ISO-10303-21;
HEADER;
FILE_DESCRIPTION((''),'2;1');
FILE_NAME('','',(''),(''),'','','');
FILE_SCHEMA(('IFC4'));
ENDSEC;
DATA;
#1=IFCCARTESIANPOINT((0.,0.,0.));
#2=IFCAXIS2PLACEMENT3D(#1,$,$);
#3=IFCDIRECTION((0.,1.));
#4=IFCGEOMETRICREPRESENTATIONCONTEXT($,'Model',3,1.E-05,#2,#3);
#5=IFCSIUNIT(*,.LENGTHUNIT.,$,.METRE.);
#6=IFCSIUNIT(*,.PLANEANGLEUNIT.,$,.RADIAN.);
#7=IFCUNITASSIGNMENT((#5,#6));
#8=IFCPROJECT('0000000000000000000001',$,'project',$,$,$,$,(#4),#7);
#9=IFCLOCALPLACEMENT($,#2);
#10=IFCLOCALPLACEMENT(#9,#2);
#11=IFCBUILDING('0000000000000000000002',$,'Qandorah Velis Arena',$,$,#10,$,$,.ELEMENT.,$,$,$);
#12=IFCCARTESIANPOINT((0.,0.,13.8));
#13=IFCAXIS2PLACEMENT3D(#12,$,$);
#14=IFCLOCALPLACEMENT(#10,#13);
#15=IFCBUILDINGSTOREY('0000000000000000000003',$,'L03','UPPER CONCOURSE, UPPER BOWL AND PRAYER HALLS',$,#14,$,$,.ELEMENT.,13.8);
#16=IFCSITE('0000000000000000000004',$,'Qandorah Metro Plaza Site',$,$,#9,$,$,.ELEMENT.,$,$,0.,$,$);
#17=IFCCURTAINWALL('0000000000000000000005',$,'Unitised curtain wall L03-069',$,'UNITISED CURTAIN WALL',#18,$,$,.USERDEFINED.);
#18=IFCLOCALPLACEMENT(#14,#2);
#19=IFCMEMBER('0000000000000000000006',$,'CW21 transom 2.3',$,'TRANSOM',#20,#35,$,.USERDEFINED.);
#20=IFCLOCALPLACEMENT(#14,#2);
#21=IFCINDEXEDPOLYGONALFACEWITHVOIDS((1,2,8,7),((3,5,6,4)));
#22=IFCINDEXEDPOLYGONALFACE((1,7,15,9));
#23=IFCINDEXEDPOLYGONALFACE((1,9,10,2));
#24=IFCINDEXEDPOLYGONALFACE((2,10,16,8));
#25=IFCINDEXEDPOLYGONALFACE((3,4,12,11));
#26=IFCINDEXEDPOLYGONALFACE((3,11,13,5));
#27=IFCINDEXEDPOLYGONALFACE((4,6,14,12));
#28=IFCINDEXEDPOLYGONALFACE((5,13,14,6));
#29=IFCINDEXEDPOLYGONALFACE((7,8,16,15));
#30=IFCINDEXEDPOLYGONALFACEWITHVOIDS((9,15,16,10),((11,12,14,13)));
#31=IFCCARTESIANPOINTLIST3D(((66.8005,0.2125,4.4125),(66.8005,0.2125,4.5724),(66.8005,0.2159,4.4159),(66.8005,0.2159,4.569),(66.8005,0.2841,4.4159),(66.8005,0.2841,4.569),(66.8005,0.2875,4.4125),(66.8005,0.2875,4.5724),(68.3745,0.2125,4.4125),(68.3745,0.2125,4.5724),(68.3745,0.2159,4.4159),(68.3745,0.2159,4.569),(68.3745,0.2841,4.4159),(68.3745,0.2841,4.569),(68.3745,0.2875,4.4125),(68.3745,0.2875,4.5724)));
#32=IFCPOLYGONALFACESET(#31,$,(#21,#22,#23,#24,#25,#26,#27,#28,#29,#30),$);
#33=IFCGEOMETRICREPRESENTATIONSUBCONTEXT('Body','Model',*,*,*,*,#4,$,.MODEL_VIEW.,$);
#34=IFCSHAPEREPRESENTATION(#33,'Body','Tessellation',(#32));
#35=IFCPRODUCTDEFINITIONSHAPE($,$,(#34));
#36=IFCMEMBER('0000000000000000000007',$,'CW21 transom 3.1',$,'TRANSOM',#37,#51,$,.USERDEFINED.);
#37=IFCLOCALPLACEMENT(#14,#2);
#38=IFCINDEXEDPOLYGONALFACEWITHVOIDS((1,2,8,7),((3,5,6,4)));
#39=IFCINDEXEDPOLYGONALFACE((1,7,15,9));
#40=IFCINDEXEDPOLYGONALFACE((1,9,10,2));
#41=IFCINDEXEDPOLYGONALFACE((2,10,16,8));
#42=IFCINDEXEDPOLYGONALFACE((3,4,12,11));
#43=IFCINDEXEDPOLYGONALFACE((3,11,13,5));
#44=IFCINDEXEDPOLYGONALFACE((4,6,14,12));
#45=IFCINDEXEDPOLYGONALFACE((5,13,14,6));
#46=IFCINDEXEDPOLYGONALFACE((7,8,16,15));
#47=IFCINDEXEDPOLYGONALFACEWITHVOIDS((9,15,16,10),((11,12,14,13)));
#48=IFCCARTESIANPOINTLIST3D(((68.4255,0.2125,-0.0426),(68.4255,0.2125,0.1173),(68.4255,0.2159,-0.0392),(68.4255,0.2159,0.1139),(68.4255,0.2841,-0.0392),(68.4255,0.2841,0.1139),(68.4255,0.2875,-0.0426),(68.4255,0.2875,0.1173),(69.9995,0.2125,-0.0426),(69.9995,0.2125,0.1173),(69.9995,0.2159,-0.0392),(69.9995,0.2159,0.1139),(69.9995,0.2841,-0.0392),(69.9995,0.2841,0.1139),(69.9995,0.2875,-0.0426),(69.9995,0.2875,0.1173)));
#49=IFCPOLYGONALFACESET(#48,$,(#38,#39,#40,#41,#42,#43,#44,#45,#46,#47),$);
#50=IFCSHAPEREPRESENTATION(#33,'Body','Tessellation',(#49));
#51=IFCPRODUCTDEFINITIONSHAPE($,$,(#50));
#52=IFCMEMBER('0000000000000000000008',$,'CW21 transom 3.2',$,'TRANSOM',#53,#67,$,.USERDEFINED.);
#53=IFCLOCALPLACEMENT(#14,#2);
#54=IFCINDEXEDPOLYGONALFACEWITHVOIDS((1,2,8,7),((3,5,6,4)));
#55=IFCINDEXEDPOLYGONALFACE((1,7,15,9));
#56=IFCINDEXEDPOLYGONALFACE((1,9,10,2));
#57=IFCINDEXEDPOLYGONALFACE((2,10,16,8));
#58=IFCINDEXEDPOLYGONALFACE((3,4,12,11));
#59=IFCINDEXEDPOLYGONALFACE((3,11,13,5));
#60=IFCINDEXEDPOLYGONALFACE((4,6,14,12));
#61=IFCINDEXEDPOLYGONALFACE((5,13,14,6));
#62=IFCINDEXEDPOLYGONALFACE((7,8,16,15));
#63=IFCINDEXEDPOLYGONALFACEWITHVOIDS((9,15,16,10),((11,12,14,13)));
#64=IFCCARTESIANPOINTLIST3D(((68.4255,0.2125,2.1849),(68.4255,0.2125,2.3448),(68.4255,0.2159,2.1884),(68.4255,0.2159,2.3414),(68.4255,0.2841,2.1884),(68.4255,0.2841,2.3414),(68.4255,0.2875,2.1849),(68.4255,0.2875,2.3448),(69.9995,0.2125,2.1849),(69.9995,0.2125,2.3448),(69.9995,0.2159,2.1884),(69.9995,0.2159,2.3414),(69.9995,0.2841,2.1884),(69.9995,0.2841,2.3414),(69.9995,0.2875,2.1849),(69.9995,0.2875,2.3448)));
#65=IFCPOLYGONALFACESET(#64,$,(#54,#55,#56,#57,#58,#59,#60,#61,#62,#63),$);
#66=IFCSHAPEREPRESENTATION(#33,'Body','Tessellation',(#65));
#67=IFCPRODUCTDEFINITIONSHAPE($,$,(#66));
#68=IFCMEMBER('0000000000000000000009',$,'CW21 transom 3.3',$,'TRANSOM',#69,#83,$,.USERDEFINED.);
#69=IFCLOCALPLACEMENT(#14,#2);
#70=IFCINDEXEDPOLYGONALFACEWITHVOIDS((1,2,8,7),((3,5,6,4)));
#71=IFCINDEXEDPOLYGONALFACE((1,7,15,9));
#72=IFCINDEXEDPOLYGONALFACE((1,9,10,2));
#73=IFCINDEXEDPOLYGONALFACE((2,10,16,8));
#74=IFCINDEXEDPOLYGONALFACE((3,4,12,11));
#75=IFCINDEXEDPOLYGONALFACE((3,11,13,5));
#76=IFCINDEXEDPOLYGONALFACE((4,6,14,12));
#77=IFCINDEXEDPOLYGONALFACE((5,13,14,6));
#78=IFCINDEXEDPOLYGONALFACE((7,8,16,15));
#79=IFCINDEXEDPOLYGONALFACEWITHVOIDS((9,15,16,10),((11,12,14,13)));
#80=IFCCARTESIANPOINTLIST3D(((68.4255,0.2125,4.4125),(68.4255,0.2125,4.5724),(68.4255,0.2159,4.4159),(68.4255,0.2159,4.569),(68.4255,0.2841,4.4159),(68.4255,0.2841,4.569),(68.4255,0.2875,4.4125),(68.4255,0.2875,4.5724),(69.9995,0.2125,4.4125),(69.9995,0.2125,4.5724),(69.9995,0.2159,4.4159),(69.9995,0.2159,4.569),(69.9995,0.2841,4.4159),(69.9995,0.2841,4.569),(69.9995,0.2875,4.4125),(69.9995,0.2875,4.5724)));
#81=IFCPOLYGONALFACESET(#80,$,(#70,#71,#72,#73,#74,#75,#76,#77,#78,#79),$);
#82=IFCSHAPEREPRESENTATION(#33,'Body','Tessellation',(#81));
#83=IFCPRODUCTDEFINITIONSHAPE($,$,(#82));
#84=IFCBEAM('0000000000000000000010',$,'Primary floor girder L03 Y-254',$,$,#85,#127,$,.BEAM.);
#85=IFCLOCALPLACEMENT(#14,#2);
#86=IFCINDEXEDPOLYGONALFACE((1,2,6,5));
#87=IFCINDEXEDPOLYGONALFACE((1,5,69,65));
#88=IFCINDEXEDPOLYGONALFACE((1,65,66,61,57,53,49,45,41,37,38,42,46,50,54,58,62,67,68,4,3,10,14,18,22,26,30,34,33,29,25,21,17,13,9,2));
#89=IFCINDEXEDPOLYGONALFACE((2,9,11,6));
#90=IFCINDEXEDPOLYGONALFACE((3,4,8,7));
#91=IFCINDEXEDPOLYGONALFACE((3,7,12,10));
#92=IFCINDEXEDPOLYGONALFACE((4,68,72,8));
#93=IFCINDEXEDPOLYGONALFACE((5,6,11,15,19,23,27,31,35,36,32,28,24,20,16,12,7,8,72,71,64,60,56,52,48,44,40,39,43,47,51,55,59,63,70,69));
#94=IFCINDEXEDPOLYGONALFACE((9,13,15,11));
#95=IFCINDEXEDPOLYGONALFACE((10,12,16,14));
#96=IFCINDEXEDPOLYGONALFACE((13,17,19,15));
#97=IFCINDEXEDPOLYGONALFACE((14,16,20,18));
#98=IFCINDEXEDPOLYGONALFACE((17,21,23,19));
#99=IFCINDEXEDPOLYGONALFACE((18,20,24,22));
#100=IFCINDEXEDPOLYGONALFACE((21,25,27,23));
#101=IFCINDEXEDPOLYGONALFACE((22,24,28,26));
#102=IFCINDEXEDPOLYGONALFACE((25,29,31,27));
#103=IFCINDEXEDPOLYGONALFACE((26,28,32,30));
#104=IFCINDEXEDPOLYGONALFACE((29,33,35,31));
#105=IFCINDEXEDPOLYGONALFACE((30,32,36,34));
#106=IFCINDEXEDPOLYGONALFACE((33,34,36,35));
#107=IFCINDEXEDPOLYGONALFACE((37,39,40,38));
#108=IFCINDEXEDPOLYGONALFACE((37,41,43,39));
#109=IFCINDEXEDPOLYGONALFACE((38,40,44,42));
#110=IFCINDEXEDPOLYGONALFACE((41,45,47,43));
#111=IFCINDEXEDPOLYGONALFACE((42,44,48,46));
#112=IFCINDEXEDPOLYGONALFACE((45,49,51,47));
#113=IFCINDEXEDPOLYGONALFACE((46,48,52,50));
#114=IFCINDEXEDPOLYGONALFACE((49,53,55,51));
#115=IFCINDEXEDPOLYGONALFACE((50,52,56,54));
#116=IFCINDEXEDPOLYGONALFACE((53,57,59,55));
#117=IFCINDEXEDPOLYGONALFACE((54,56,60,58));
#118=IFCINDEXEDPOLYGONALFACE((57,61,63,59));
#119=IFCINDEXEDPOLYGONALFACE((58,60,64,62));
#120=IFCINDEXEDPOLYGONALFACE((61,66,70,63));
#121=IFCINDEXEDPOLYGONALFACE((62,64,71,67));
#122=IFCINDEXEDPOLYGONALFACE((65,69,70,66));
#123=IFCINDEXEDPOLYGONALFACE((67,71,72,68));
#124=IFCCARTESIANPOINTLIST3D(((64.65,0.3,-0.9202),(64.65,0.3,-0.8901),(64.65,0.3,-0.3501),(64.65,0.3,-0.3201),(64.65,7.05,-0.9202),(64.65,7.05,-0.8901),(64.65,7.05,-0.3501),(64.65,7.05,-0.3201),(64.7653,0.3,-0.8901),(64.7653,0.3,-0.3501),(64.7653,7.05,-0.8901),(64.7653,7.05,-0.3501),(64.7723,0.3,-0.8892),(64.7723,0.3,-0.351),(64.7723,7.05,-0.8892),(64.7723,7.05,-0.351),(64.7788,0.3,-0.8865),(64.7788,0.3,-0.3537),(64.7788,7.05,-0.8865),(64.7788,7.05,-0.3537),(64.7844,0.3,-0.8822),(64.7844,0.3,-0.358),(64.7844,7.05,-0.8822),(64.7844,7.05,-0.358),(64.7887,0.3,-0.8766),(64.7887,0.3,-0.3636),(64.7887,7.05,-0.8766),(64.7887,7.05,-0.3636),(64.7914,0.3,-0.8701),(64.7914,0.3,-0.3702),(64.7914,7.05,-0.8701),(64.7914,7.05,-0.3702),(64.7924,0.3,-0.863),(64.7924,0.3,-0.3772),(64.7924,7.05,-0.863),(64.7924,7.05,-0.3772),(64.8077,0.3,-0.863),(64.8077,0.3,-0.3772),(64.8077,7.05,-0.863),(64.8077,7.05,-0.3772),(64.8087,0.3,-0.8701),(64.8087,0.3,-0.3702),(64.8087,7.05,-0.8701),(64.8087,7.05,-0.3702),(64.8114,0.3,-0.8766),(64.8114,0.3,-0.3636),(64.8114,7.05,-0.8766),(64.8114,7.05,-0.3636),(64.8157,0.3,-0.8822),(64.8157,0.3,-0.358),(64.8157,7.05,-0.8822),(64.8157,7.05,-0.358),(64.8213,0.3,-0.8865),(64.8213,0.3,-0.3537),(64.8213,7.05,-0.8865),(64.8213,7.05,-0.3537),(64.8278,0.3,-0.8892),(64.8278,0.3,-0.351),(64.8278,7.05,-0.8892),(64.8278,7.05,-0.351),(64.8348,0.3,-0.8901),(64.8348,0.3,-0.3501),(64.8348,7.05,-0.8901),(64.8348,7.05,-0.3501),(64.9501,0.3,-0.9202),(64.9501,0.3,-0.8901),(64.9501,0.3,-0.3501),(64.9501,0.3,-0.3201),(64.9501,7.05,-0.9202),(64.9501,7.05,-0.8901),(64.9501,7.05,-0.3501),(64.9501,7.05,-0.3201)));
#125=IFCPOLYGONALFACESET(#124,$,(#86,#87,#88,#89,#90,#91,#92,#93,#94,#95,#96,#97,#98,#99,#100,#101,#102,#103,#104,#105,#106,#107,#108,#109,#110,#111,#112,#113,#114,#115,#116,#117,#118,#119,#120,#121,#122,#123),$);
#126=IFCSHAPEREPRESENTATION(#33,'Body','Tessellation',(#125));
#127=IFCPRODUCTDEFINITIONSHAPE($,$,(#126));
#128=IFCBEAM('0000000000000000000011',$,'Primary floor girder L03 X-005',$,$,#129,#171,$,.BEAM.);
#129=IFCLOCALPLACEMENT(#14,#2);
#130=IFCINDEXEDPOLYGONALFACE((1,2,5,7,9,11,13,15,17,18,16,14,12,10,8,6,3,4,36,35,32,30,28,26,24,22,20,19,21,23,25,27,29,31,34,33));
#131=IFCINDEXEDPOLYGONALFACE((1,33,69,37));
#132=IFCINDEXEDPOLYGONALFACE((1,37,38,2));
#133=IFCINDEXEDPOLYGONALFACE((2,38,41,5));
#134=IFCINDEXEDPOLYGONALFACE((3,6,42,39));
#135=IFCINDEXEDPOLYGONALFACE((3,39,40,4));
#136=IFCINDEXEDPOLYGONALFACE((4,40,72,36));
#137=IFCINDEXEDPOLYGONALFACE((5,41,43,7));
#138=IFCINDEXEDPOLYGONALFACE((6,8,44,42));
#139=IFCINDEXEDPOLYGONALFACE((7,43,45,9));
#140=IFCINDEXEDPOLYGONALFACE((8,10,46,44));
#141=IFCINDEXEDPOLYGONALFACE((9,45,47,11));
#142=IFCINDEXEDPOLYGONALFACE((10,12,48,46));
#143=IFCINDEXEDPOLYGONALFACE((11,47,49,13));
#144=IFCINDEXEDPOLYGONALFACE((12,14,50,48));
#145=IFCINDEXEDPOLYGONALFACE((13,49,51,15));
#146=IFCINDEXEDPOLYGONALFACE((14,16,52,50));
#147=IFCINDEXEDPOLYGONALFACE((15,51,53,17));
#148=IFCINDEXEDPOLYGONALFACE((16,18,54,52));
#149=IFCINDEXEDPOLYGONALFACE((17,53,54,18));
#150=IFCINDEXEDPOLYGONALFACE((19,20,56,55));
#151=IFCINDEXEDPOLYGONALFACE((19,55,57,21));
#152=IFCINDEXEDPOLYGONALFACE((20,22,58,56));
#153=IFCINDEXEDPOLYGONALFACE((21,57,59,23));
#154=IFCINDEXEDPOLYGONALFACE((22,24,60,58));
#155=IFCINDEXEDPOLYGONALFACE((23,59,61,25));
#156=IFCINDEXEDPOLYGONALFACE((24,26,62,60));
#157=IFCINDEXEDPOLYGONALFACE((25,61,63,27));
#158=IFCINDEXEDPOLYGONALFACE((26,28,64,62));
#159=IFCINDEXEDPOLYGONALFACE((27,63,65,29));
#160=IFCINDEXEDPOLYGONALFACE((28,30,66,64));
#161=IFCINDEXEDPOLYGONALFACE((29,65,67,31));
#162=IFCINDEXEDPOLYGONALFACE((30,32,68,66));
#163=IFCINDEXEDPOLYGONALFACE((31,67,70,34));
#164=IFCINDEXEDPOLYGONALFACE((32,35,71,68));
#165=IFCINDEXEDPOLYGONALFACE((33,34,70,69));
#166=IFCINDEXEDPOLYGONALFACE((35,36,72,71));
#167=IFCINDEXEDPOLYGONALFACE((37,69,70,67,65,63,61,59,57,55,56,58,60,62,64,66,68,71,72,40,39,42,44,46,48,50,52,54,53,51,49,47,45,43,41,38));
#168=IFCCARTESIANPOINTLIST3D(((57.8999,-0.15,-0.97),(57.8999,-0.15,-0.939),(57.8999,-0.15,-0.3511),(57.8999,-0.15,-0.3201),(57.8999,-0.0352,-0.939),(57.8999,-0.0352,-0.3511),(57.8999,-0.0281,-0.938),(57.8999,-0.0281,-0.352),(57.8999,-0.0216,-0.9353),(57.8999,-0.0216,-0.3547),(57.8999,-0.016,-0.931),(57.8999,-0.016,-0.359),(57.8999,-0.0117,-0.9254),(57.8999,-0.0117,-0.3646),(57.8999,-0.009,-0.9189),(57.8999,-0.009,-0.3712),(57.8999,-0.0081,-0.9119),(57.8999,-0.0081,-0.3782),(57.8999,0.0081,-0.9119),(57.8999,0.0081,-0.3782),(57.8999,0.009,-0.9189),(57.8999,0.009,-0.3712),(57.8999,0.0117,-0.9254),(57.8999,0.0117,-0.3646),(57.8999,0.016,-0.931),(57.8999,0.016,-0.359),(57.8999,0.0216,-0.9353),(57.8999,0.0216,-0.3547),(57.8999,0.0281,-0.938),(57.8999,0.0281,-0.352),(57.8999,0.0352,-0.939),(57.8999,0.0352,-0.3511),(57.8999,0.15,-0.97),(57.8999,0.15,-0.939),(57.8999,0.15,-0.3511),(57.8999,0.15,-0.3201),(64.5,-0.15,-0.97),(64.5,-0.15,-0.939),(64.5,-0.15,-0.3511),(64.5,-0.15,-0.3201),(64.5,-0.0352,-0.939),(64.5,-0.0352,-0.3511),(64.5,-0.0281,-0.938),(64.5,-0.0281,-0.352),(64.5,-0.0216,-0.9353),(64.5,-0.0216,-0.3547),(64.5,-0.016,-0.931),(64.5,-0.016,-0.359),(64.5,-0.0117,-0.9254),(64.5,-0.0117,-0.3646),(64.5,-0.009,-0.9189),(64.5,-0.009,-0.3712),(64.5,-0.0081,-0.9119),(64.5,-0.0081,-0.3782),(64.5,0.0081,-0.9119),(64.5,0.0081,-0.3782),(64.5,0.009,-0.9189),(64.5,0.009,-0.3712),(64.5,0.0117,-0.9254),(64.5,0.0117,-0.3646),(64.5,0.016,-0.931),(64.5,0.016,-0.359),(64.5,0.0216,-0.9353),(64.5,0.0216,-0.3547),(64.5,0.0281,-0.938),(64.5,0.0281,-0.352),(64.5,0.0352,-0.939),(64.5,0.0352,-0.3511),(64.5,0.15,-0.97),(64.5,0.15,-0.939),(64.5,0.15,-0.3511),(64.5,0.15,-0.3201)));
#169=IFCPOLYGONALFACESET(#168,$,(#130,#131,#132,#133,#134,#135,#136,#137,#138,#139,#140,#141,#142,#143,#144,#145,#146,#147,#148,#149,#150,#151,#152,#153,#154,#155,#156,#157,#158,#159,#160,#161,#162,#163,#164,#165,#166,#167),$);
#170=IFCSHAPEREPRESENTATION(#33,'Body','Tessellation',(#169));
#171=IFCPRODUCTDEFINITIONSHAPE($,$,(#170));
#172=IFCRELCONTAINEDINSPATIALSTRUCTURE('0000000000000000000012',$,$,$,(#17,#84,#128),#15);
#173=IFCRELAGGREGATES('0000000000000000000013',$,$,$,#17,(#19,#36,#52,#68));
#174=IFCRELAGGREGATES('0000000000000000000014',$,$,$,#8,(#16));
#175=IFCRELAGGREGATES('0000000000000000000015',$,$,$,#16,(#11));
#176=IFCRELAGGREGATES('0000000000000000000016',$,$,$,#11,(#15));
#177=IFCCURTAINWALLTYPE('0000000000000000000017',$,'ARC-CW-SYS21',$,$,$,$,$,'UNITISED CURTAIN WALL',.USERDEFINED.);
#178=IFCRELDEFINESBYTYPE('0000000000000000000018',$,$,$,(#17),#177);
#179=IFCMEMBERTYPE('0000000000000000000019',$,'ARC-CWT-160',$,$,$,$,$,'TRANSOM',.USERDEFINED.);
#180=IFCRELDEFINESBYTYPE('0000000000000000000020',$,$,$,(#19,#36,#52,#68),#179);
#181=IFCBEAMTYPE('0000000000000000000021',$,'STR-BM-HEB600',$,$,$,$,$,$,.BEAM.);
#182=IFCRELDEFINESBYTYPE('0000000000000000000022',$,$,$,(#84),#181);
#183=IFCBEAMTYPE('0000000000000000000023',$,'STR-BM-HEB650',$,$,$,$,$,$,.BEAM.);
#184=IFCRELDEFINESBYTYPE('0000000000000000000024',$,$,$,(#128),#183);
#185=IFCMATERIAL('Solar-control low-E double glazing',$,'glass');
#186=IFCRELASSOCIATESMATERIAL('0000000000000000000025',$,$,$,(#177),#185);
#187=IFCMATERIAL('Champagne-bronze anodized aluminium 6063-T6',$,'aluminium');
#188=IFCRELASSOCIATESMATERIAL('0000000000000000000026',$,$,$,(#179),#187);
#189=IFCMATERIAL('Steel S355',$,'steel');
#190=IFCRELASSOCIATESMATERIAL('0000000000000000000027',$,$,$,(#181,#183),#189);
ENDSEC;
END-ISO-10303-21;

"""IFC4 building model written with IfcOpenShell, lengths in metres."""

from ifc_helpers import new_model, si_unit, direction, frame, origin, origin_2d, place, context, subcontext, project, spatial, hollow_rectangle, i_section, extrude, material, material_profile, profile_set, type_object, element, aggregate, save


model = new_model("IFC4")

# Units and contexts
model_context = context("Model", 3, precision=1e-05, world=origin(), true_north=direction((0.0, 1.0)))
body_context = subcontext(model_context, "Body", "Model", "MODEL_VIEW")
ifc_project = project(units=[si_unit("LENGTHUNIT", "METRE"), si_unit("PLANEANGLEUNIT", "RADIAN")], contexts=[model_context])

# Site, building, storey
site_placement = place(None, origin())
site = spatial("IfcSite", under=ifc_project, at=site_placement, Name="Qandorah Metro Plaza Site", CompositionType="ELEMENT", RefElevation=0.0)
building_placement = place(site_placement, origin())
building = spatial("IfcBuilding", under=site, at=building_placement, Name="Qandorah Velis Arena", CompositionType="ELEMENT")
storey_placement = place(building_placement, frame((0.0, 0.0, 13.8)))
storey = spatial("IfcBuildingStorey", under=building, at=storey_placement, Name="L03", Description="UPPER CONCOURSE, UPPER BOWL AND PRAYER HALLS", CompositionType="ELEMENT", Elevation=13.8)

# Curtain wall, members
ifc_material_1 = material(Name="Solar-control low-E double glazing", Category="glass")
curtain_wall_type = type_object("IfcCurtainWallType", Name="ARC-CW-SYS21", ElementType="UNITISED CURTAIN WALL", PredefinedType="USERDEFINED", material=ifc_material_1)
curtain_wall_placement = place(storey_placement, origin())
curtain_wall = element("IfcCurtainWall", 1, at=curtain_wall_placement, inside=storey, type_object=curtain_wall_type, Name="Unitised curtain wall L03-069", ObjectType="UNITISED CURTAIN WALL", PredefinedType="USERDEFINED")
ifc_material_2 = material(Name="Champagne-bronze anodized aluminium 6063-T6", Category="aluminium")
ifc_material_profile_1 = material_profile(ifc_material_2, hollow_rectangle(XDim=0.075, YDim=0.1599, WallThickness=0.0034, at=origin_2d()), Name="ALU TRANSOM 75x160")
ifc_profile_set_1 = profile_set([ifc_material_profile_1], Name="Champagne-bronze anodized aluminium 6063-T6")
member_type_1 = type_object("IfcMemberType", Name="ARC-CWT-160", ElementType="TRANSOM", PredefinedType="USERDEFINED", material=ifc_profile_set_1)
member_1_placement = place(storey_placement, frame((66.8005, 0.25, 4.4924), z_axis=(1.0, 0.0, 0.0), x_axis=(0.0, 1.0, 0.0)))
member_1 = element("IfcMember", 2, at=member_1_placement, type_object=member_type_1, Name="CW21 transom 2.3", ObjectType="TRANSOM", PredefinedType="USERDEFINED", context=body_context, shape_type="SweptSolid", body=[
    extrude(hollow_rectangle(XDim=0.075, YDim=0.1599, WallThickness=0.0034, at=origin_2d()), origin(), (0.0, 0.0, 1.0), 1.574),
])
member_2_placement = place(storey_placement, frame((68.4255, 0.25, 0.0374), z_axis=(1.0, 0.0, 0.0), x_axis=(0.0, 1.0, 0.0)))
member_2 = element("IfcMember", 3, at=member_2_placement, type_object=member_type_1, Name="CW21 transom 3.1", ObjectType="TRANSOM", PredefinedType="USERDEFINED", context=body_context, shape_type="SweptSolid", body=[
    extrude(hollow_rectangle(XDim=0.075, YDim=0.1599, WallThickness=0.0034, at=origin_2d()), origin(), (0.0, 0.0, 1.0), 1.574),
])
member_3_placement = place(storey_placement, frame((68.4255, 0.25, 2.2649), z_axis=(1.0, 0.0, 0.0), x_axis=(0.0, 1.0, 0.0)))
member_3 = element("IfcMember", 4, at=member_3_placement, type_object=member_type_1, Name="CW21 transom 3.2", ObjectType="TRANSOM", PredefinedType="USERDEFINED", context=body_context, shape_type="SweptSolid", body=[
    extrude(hollow_rectangle(XDim=0.075, YDim=0.1599, WallThickness=0.0034, at=origin_2d()), origin(), (0.0, 0.0, 1.0), 1.574),
])
member_4_placement = place(storey_placement, frame((68.4255, 0.25, 4.4924), z_axis=(1.0, 0.0, 0.0), x_axis=(0.0, 1.0, 0.0)))
member_4 = element("IfcMember", 5, at=member_4_placement, type_object=member_type_1, Name="CW21 transom 3.3", ObjectType="TRANSOM", PredefinedType="USERDEFINED", context=body_context, shape_type="SweptSolid", body=[
    extrude(hollow_rectangle(XDim=0.075, YDim=0.1599, WallThickness=0.0034, at=origin_2d()), origin(), (0.0, 0.0, 1.0), 1.574),
])

# Beams
ifc_material_3 = material(Name="Steel S355", Category="steel")
ifc_material_profile_2 = material_profile(ifc_material_3, i_section(OverallWidth=0.3, OverallDepth=0.6001, WebThickness=0.0154, FlangeThickness=0.03, FilletRadius=0.0271, at=origin_2d()), Name="HEB 600")
ifc_profile_set_2 = profile_set([ifc_material_profile_2], Name="Steel S355")
beam_type_1 = type_object("IfcBeamType", Name="STR-BM-HEB600", PredefinedType="BEAM", material=ifc_profile_set_2)
beam_1_placement = place(storey_placement, frame((64.8, 0.3, -0.6201), z_axis=(0.0, 1.0, 0.0), x_axis=(-1.0, 0.0, 0.0)))
element("IfcBeam", 6, at=beam_1_placement, inside=storey, type_object=beam_type_1, Name="Primary floor girder L03 Y-254", PredefinedType="BEAM", context=body_context, shape_type="SweptSolid", body=[
    extrude(i_section(OverallWidth=0.3, OverallDepth=0.6001, WebThickness=0.0154, FlangeThickness=0.03, FilletRadius=0.0271, at=origin_2d()), origin(), (0.0, 0.0, 1.0), 6.75),
])
ifc_material_profile_3 = material_profile(ifc_material_3, i_section(OverallWidth=0.3, OverallDepth=0.6499, WebThickness=0.0161, FlangeThickness=0.031, FilletRadius=0.0271, at=origin_2d()), Name="HEB 650")
ifc_profile_set_3 = profile_set([ifc_material_profile_3], Name="Steel S355")
beam_type_2 = type_object("IfcBeamType", Name="STR-BM-HEB650", PredefinedType="BEAM", material=ifc_profile_set_3)
beam_2_placement = place(storey_placement, frame((57.8999, 0.0, -0.645), z_axis=(1.0, 0.0, 0.0), x_axis=(0.0, 1.0, 0.0)))
element("IfcBeam", 7, at=beam_2_placement, inside=storey, type_object=beam_type_2, Name="Primary floor girder L03 X-005", PredefinedType="BEAM", context=body_context, shape_type="SweptSolid", body=[
    extrude(i_section(OverallWidth=0.3, OverallDepth=0.6499, WebThickness=0.0161, FlangeThickness=0.031, FilletRadius=0.0271, at=origin_2d()), origin(), (0.0, 0.0, 1.0), 6.6001),
])

aggregate(curtain_wall, [member_1, member_2, member_3, member_4])

save(model, "model.ifc")
